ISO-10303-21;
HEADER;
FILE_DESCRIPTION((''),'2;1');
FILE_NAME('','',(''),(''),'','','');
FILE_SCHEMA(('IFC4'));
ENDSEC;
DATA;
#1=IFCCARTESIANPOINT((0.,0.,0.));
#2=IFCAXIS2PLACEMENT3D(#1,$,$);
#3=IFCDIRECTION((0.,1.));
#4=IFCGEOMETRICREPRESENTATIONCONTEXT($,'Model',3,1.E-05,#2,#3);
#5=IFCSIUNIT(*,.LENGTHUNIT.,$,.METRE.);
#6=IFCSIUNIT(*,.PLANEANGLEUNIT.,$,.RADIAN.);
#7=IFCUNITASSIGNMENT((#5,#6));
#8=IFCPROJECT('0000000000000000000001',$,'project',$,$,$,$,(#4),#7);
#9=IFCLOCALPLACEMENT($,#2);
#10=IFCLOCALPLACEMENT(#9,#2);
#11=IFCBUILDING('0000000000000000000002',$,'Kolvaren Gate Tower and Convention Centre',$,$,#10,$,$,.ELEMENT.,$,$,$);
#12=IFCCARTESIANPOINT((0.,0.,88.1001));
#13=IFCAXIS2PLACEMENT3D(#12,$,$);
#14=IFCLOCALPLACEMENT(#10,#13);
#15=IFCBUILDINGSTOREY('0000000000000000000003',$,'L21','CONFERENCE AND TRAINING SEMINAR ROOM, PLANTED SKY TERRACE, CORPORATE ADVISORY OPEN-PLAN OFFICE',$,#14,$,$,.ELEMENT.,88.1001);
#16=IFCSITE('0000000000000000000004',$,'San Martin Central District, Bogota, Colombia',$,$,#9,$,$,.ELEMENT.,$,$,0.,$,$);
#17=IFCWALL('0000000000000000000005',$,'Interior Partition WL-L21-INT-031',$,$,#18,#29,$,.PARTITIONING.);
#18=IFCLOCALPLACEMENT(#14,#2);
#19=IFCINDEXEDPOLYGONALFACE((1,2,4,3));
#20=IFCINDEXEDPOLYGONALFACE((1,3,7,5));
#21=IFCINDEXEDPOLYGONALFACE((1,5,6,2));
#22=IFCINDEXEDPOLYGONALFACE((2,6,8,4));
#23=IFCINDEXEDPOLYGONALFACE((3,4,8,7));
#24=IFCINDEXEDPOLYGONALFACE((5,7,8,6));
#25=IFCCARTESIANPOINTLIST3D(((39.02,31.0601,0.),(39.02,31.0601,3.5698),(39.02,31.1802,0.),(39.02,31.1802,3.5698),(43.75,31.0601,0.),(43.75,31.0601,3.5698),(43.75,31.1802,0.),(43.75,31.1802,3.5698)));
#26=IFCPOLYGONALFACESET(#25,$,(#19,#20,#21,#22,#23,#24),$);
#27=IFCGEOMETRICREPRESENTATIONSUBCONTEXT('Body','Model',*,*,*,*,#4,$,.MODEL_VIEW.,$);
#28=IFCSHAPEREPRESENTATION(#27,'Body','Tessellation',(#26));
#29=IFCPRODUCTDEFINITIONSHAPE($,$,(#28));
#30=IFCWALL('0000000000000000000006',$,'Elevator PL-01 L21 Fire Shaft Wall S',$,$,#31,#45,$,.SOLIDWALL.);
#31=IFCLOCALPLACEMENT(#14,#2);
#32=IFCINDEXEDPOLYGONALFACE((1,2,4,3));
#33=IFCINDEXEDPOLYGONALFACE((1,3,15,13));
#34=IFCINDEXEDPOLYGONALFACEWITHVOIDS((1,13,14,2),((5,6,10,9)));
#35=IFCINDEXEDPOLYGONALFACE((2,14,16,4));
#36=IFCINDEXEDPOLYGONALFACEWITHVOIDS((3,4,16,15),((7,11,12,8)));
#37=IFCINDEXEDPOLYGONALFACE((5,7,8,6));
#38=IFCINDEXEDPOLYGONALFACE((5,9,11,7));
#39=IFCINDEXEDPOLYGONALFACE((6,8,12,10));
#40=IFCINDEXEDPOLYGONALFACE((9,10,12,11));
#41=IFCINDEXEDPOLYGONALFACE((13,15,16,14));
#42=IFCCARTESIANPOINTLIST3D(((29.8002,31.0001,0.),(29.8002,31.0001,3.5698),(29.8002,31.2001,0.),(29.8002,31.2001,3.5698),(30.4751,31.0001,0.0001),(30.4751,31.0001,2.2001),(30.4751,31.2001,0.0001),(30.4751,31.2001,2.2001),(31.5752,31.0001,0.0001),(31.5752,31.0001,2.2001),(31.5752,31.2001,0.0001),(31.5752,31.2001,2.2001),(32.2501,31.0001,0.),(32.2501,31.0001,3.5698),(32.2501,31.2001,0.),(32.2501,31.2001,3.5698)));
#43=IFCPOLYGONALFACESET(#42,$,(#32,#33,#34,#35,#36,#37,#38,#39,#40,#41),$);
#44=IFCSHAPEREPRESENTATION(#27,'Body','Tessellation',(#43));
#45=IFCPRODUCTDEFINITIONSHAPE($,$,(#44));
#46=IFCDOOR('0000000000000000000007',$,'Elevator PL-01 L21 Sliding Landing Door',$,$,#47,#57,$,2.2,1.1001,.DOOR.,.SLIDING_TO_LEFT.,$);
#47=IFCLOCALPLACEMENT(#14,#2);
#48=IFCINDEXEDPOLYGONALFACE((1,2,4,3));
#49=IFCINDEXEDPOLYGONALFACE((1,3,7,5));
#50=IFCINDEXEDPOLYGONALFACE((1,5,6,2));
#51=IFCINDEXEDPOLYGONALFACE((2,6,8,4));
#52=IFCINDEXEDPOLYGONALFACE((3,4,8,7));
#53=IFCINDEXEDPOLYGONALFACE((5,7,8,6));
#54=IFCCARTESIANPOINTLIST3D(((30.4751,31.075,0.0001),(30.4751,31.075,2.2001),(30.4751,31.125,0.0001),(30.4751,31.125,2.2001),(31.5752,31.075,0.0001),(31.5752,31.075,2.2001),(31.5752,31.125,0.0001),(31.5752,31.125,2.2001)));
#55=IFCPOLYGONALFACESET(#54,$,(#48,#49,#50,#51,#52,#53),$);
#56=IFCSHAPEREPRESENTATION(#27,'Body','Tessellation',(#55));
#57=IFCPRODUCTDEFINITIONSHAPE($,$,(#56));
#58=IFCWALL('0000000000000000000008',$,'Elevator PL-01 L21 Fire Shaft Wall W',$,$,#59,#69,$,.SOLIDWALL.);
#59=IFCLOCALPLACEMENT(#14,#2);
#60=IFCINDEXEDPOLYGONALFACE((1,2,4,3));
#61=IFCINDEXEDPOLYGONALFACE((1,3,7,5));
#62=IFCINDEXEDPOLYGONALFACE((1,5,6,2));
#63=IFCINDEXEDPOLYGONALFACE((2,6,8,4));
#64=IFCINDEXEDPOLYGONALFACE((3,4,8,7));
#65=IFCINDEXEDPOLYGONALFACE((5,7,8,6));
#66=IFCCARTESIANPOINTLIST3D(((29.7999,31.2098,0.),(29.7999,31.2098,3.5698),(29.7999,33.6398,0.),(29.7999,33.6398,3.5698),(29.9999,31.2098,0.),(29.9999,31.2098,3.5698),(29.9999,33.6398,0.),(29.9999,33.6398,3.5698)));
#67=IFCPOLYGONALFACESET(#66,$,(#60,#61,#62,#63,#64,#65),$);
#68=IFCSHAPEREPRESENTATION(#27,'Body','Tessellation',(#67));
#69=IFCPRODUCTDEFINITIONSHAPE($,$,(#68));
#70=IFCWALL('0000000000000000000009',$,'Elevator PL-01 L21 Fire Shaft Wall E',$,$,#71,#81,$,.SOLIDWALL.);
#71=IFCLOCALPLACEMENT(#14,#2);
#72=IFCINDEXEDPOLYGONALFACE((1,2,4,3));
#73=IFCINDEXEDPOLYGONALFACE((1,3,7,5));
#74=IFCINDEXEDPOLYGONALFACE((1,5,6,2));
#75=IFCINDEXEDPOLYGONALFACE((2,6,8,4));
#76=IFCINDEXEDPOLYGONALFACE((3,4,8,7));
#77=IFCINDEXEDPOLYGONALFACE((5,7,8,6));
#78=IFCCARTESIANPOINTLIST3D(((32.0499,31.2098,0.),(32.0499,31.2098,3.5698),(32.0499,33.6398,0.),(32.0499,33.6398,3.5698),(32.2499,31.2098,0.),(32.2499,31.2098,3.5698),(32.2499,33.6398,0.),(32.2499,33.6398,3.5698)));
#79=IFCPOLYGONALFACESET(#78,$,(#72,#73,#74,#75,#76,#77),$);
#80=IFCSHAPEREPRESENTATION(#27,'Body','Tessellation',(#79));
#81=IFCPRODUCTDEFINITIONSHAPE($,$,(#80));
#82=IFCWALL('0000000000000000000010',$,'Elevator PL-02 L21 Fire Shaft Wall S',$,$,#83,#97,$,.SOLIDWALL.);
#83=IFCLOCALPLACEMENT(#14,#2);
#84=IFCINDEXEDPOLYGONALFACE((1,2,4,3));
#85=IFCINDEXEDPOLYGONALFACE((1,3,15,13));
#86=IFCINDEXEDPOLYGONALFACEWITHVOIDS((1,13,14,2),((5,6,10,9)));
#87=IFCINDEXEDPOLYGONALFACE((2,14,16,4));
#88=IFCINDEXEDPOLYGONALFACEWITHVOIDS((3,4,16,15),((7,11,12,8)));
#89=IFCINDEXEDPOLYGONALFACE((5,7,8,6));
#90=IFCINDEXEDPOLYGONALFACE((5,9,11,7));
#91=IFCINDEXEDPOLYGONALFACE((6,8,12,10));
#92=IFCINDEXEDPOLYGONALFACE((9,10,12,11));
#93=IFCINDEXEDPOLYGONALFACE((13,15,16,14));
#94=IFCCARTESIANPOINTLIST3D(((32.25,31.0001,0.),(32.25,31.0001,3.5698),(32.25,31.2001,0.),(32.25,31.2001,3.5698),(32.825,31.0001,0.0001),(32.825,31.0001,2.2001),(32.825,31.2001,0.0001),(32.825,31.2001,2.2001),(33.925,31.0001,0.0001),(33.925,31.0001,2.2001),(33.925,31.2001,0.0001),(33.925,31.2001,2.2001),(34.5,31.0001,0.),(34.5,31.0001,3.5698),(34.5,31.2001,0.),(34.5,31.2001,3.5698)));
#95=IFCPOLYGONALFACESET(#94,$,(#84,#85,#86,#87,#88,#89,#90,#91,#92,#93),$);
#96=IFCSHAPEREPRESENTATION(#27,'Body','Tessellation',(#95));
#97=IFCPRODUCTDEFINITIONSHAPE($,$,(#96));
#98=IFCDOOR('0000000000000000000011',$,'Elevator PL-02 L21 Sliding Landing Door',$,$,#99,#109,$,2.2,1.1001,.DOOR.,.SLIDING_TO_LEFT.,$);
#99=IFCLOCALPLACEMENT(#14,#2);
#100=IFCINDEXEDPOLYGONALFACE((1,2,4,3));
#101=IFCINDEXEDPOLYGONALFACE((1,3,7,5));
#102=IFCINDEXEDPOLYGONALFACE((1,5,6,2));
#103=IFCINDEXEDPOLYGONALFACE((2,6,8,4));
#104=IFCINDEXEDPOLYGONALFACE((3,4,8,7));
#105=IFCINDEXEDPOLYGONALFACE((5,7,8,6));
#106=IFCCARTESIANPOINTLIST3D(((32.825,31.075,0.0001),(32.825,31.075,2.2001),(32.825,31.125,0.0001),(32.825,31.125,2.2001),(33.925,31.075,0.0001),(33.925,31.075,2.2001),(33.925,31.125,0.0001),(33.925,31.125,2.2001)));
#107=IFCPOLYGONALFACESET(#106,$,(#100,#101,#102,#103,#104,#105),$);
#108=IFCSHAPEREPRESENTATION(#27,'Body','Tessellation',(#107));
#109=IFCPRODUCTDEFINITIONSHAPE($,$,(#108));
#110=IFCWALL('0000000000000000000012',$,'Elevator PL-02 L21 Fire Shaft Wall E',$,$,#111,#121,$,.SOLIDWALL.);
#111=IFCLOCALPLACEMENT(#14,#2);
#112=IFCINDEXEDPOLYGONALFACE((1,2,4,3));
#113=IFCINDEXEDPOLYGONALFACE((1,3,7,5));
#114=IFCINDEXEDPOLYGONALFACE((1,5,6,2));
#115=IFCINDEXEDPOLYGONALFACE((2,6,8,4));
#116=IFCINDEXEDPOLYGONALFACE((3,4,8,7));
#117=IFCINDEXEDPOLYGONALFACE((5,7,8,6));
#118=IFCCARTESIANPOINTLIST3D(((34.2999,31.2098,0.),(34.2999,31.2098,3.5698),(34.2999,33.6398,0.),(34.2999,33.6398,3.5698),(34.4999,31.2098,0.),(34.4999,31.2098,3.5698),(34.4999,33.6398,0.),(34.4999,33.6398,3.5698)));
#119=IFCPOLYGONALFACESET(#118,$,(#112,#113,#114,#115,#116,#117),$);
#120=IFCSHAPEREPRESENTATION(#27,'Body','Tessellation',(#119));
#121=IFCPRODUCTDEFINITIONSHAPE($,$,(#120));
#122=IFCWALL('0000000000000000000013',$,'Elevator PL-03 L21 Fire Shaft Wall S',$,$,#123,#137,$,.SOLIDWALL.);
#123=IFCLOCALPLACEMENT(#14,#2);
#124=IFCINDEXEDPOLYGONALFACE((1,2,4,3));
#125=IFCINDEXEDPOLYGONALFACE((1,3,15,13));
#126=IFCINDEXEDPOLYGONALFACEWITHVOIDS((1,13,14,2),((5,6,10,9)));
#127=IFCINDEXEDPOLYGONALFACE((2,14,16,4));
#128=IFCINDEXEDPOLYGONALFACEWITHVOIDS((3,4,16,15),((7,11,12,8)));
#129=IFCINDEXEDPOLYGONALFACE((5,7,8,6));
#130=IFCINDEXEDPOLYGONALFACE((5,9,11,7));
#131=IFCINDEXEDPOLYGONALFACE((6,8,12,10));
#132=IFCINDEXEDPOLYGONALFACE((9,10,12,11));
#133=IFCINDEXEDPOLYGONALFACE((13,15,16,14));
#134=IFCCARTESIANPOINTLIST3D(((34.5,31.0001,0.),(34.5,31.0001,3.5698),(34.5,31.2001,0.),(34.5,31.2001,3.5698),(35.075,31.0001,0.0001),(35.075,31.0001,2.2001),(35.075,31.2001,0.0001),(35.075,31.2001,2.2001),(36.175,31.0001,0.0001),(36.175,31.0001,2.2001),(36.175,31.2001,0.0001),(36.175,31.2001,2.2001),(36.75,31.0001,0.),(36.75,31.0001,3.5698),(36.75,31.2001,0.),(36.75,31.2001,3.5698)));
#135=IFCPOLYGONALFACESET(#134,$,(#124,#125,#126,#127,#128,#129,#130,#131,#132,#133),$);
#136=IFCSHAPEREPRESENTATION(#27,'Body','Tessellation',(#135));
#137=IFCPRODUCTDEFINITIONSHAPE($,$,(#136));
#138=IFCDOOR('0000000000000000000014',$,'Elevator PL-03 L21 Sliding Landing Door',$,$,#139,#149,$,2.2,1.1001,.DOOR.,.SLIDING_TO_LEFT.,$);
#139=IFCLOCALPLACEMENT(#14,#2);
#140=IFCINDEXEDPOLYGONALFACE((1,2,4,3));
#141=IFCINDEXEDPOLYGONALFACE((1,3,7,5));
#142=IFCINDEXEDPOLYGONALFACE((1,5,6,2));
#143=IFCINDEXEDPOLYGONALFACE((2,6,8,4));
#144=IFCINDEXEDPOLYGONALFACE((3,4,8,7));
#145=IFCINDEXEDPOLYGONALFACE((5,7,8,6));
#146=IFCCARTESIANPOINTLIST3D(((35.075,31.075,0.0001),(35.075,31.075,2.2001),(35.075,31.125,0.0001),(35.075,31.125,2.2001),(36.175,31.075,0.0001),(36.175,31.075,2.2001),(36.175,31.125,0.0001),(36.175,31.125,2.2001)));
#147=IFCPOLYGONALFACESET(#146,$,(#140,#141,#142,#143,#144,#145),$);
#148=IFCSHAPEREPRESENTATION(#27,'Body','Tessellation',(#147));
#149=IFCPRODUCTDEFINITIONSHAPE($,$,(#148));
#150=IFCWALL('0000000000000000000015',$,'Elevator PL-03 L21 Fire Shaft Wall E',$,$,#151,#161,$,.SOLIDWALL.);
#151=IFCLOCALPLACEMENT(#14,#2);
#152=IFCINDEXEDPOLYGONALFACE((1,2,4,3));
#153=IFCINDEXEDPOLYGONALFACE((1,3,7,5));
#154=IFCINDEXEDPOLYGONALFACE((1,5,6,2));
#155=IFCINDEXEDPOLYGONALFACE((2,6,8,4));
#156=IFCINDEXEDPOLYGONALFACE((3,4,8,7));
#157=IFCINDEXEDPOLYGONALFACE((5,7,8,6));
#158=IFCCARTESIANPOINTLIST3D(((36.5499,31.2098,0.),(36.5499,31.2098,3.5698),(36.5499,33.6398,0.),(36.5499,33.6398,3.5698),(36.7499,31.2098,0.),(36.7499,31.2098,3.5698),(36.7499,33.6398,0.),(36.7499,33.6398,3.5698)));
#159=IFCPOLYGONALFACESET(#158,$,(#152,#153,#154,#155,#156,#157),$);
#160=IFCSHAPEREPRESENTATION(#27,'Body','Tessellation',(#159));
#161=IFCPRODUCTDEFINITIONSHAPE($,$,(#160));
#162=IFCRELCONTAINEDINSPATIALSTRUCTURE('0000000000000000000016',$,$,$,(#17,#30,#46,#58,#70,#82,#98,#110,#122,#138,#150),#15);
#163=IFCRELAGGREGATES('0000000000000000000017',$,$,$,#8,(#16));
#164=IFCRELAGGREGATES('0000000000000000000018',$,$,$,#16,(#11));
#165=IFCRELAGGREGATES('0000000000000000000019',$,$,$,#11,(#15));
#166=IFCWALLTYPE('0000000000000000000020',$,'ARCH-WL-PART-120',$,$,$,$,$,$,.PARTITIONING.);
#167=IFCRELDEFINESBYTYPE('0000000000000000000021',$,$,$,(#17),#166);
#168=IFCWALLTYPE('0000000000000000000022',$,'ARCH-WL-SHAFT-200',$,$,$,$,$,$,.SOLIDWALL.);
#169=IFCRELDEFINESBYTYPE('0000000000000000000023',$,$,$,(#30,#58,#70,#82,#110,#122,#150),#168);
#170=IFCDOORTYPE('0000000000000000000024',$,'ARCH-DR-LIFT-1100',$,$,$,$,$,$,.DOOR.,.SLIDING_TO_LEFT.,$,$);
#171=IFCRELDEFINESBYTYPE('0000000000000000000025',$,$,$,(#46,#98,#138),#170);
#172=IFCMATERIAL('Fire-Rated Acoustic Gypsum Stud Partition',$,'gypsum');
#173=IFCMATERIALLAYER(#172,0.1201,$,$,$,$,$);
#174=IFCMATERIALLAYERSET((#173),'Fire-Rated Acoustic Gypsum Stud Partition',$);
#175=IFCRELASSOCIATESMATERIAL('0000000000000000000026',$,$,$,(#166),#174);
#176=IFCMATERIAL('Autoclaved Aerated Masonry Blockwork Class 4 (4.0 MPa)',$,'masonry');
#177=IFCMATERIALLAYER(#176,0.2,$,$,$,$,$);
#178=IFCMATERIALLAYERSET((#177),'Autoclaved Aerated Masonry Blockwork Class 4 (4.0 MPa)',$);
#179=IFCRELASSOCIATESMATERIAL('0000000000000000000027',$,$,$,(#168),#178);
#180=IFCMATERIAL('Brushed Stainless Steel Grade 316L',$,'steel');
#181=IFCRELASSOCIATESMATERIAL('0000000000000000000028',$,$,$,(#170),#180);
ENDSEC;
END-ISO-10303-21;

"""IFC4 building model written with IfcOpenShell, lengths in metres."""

from ifc_helpers import new_model, si_unit, direction, frame, frame_2d, origin, place, context, subcontext, project, spatial, rectangle, extrude, material, layer, layer_set, type_object, element, fill, save


model = new_model("IFC4")

# Units and contexts
model_context = context("Model", 3, precision=1e-05, world=origin(), true_north=direction((0.0, 1.0)))
body_context = subcontext(model_context, "Body", "Model", "MODEL_VIEW")
ifc_project = project(units=[si_unit("LENGTHUNIT", "METRE"), si_unit("PLANEANGLEUNIT", "RADIAN")], contexts=[model_context])

# Site, building, storey
site_placement = place(None, origin())
site = spatial("IfcSite", under=ifc_project, at=site_placement, Name="San Martin Central District, Bogota, Colombia", CompositionType="ELEMENT", RefElevation=0.0)
building_placement = place(site_placement, origin())
building = spatial("IfcBuilding", under=site, at=building_placement, Name="Kolvaren Gate Tower and Convention Centre", CompositionType="ELEMENT")
storey_placement = place(building_placement, frame((0.0, 0.0, 88.1001)))
storey = spatial("IfcBuildingStorey", under=building, at=storey_placement, Name="L21", Description="CONFERENCE AND TRAINING SEMINAR ROOM, PLANTED SKY TERRACE, CORPORATE ADVISORY OPEN-PLAN OFFICE", CompositionType="ELEMENT", Elevation=88.1001)

# Wall
ifc_material_1 = material(Name="Fire-Rated Acoustic Gypsum Stud Partition", Category="gypsum")
ifc_layer_1 = layer(ifc_material_1, 0.1201)
ifc_layer_set_1 = layer_set([ifc_layer_1], Name="Fire-Rated Acoustic Gypsum Stud Partition")
wall_type_1 = type_object("IfcWallType", Name="ARCH-WL-PART-120", PredefinedType="PARTITIONING", material=ifc_layer_set_1)
wall_1_placement = place(storey_placement, frame((39.02, 31.1201, 0.0), z_axis=(0.0, 0.0, 1.0), x_axis=(1.0, 0.0, 0.0)))
element("IfcWall", 1, at=wall_1_placement, inside=storey, type_object=wall_type_1, Name="Interior Partition WL-L21-INT-031", PredefinedType="PARTITIONING", context=body_context, shape_type="SweptSolid", body=[
    extrude(rectangle(XDim=4.73, YDim=0.1201, at=frame_2d((2.365, 0.0))), origin(), (0.0, 0.0, 1.0), 3.5698),
])

# Wall, opening, door
ifc_material_2 = material(Name="Autoclaved Aerated Masonry Blockwork Class 4 (4.0 MPa)", Category="masonry")
ifc_layer_2 = layer(ifc_material_2, 0.2)
ifc_layer_set_2 = layer_set([ifc_layer_2], Name="Autoclaved Aerated Masonry Blockwork Class 4 (4.0 MPa)")
wall_type_2 = type_object("IfcWallType", Name="ARCH-WL-SHAFT-200", PredefinedType="SOLIDWALL", material=ifc_layer_set_2)
wall_2_placement = place(storey_placement, frame((29.8, 31.1001, 0.0), z_axis=(0.0, 0.0, 1.0), x_axis=(1.0, 0.0, 0.0)))
wall_2 = element("IfcWall", 2, at=wall_2_placement, inside=storey, type_object=wall_type_2, Name="Elevator PL-01 L21 Fire Shaft Wall S", PredefinedType="SOLIDWALL", context=body_context, shape_type="SweptSolid", body=[
    extrude(rectangle(XDim=2.45, YDim=0.2, at=frame_2d((1.2251, 0.0))), origin(), (0.0, 0.0, 1.0), 3.5698),
])
opening_1_placement = place(wall_2_placement, frame((0.675, 0.0, 0.0)))
opening_1 = element("IfcOpeningElement", 3, at=opening_1_placement, cuts=wall_2, PredefinedType="OPENING", context=body_context, shape_type="SweptSolid", body=[
    extrude(rectangle(XDim=1.1001, YDim=2.2, at=frame_2d((0.55, 1.1001))), frame((0.0, 0.1099, 0.0), z_axis=(0.0, -1.0, 0.0), x_axis=(1.0, 0.0, 0.0)), (0.0, 0.0, 1.0), 0.22),
])
ifc_material_3 = material(Name="Brushed Stainless Steel Grade 316L", Category="steel")
door_type_1 = type_object("IfcDoorType", Name="ARCH-DR-LIFT-1100", OperationType="SLIDING_TO_LEFT", PredefinedType="DOOR", material=ifc_material_3)
door_1_placement = place(opening_1_placement, origin())
door_1 = element("IfcDoor", 4, at=door_1_placement, inside=storey, type_object=door_type_1, Name="Elevator PL-01 L21 Sliding Landing Door", OperationType="SLIDING_TO_LEFT", OverallHeight=2.2, OverallWidth=1.1001, PredefinedType="DOOR", context=body_context, shape_type="SweptSolid", body=[
    extrude(rectangle(XDim=1.1001, YDim=2.2, at=frame_2d((0.55, 1.1001))), frame((0.0, 0.0249, 0.0), z_axis=(0.0, -1.0, 0.0), x_axis=(1.0, 0.0, 0.0)), (0.0, 0.0, 1.0), 0.05),
])
fill(opening_1, door_1)

# Walls
for number, where, z_axis, x_axis, name in (
    (5, (29.8999, 31.21, 0.0), (0.0, 0.0, 1.0), (0.0, 1.0, 0.0), "Elevator PL-01 L21 Fire Shaft Wall W"),
    (6, (32.1499, 31.21, 0.0), (0.0, 0.0, 1.0), (0.0, 1.0, 0.0), "Elevator PL-01 L21 Fire Shaft Wall E"),
):
    element("IfcWall", number, at=place(storey_placement, frame(where, z_axis=z_axis, x_axis=x_axis)), inside=storey, type_object=wall_type_2, Name=name, PredefinedType="SOLIDWALL", context=body_context, shape_type="SweptSolid", body=[
        extrude(rectangle(XDim=2.4299, YDim=0.2, at=frame_2d((1.2148, 0.0))), origin(), (0.0, 0.0, 1.0), 3.5698),
    ])

# Wall, opening, door
wall_3_placement = place(storey_placement, frame((32.25, 31.1001, 0.0), z_axis=(0.0, 0.0, 1.0), x_axis=(1.0, 0.0, 0.0)))
wall_3 = element("IfcWall", 7, at=wall_3_placement, inside=storey, type_object=wall_type_2, Name="Elevator PL-02 L21 Fire Shaft Wall S", PredefinedType="SOLIDWALL", context=body_context, shape_type="SweptSolid", body=[
    extrude(rectangle(XDim=2.25, YDim=0.2, at=frame_2d((1.125, 0.0))), origin(), (0.0, 0.0, 1.0), 3.5698),
])
opening_2_placement = place(wall_3_placement, frame((0.575, 0.0, 0.0)))
opening_2 = element("IfcOpeningElement", 8, at=opening_2_placement, cuts=wall_3, PredefinedType="OPENING", context=body_context, shape_type="SweptSolid", body=[
    extrude(rectangle(XDim=1.1001, YDim=2.2, at=frame_2d((0.55, 1.1001))), frame((0.0, 0.1099, 0.0), z_axis=(0.0, -1.0, 0.0), x_axis=(1.0, 0.0, 0.0)), (0.0, 0.0, 1.0), 0.22),
])
door_2_placement = place(opening_2_placement, origin())
door_2 = element("IfcDoor", 9, at=door_2_placement, inside=storey, type_object=door_type_1, Name="Elevator PL-02 L21 Sliding Landing Door", OperationType="SLIDING_TO_LEFT", OverallHeight=2.2, OverallWidth=1.1001, PredefinedType="DOOR", context=body_context, shape_type="SweptSolid", body=[
    extrude(rectangle(XDim=1.1001, YDim=2.2, at=frame_2d((0.55, 1.1001))), frame((0.0, 0.0249, 0.0), z_axis=(0.0, -1.0, 0.0), x_axis=(1.0, 0.0, 0.0)), (0.0, 0.0, 1.0), 0.05),
])
fill(opening_2, door_2)

# Wall
wall_4_placement = place(storey_placement, frame((34.3999, 31.21, 0.0), z_axis=(0.0, 0.0, 1.0), x_axis=(0.0, 1.0, 0.0)))
element("IfcWall", 10, at=wall_4_placement, inside=storey, type_object=wall_type_2, Name="Elevator PL-02 L21 Fire Shaft Wall E", PredefinedType="SOLIDWALL", context=body_context, shape_type="SweptSolid", body=[
    extrude(rectangle(XDim=2.4299, YDim=0.2, at=frame_2d((1.2148, 0.0))), origin(), (0.0, 0.0, 1.0), 3.5698),
])

# Wall, opening, door
wall_5_placement = place(storey_placement, frame((34.5, 31.1001, 0.0), z_axis=(0.0, 0.0, 1.0), x_axis=(1.0, 0.0, 0.0)))
wall_5 = element("IfcWall", 11, at=wall_5_placement, inside=storey, type_object=wall_type_2, Name="Elevator PL-03 L21 Fire Shaft Wall S", PredefinedType="SOLIDWALL", context=body_context, shape_type="SweptSolid", body=[
    extrude(rectangle(XDim=2.25, YDim=0.2, at=frame_2d((1.125, 0.0))), origin(), (0.0, 0.0, 1.0), 3.5698),
])
opening_3_placement = place(wall_5_placement, frame((0.575, 0.0, 0.0)))
opening_3 = element("IfcOpeningElement", 12, at=opening_3_placement, cuts=wall_5, PredefinedType="OPENING", context=body_context, shape_type="SweptSolid", body=[
    extrude(rectangle(XDim=1.1001, YDim=2.2, at=frame_2d((0.55, 1.1001))), frame((0.0, 0.1099, 0.0), z_axis=(0.0, -1.0, 0.0), x_axis=(1.0, 0.0, 0.0)), (0.0, 0.0, 1.0), 0.22),
])
door_3_placement = place(opening_3_placement, origin())
door_3 = element("IfcDoor", 13, at=door_3_placement, inside=storey, type_object=door_type_1, Name="Elevator PL-03 L21 Sliding Landing Door", OperationType="SLIDING_TO_LEFT", OverallHeight=2.2, OverallWidth=1.1001, PredefinedType="DOOR", context=body_context, shape_type="SweptSolid", body=[
    extrude(rectangle(XDim=1.1001, YDim=2.2, at=frame_2d((0.55, 1.1001))), frame((0.0, 0.0249, 0.0), z_axis=(0.0, -1.0, 0.0), x_axis=(1.0, 0.0, 0.0)), (0.0, 0.0, 1.0), 0.05),
])
fill(opening_3, door_3)

# Wall
wall_6_placement = place(storey_placement, frame((36.6499, 31.21, 0.0), z_axis=(0.0, 0.0, 1.0), x_axis=(0.0, 1.0, 0.0)))
element("IfcWall", 14, at=wall_6_placement, inside=storey, type_object=wall_type_2, Name="Elevator PL-03 L21 Fire Shaft Wall E", PredefinedType="SOLIDWALL", context=body_context, shape_type="SweptSolid", body=[
    extrude(rectangle(XDim=2.4299, YDim=0.2, at=frame_2d((1.2148, 0.0))), origin(), (0.0, 0.0, 1.0), 3.5698),
])

save(model, "model.ifc")
